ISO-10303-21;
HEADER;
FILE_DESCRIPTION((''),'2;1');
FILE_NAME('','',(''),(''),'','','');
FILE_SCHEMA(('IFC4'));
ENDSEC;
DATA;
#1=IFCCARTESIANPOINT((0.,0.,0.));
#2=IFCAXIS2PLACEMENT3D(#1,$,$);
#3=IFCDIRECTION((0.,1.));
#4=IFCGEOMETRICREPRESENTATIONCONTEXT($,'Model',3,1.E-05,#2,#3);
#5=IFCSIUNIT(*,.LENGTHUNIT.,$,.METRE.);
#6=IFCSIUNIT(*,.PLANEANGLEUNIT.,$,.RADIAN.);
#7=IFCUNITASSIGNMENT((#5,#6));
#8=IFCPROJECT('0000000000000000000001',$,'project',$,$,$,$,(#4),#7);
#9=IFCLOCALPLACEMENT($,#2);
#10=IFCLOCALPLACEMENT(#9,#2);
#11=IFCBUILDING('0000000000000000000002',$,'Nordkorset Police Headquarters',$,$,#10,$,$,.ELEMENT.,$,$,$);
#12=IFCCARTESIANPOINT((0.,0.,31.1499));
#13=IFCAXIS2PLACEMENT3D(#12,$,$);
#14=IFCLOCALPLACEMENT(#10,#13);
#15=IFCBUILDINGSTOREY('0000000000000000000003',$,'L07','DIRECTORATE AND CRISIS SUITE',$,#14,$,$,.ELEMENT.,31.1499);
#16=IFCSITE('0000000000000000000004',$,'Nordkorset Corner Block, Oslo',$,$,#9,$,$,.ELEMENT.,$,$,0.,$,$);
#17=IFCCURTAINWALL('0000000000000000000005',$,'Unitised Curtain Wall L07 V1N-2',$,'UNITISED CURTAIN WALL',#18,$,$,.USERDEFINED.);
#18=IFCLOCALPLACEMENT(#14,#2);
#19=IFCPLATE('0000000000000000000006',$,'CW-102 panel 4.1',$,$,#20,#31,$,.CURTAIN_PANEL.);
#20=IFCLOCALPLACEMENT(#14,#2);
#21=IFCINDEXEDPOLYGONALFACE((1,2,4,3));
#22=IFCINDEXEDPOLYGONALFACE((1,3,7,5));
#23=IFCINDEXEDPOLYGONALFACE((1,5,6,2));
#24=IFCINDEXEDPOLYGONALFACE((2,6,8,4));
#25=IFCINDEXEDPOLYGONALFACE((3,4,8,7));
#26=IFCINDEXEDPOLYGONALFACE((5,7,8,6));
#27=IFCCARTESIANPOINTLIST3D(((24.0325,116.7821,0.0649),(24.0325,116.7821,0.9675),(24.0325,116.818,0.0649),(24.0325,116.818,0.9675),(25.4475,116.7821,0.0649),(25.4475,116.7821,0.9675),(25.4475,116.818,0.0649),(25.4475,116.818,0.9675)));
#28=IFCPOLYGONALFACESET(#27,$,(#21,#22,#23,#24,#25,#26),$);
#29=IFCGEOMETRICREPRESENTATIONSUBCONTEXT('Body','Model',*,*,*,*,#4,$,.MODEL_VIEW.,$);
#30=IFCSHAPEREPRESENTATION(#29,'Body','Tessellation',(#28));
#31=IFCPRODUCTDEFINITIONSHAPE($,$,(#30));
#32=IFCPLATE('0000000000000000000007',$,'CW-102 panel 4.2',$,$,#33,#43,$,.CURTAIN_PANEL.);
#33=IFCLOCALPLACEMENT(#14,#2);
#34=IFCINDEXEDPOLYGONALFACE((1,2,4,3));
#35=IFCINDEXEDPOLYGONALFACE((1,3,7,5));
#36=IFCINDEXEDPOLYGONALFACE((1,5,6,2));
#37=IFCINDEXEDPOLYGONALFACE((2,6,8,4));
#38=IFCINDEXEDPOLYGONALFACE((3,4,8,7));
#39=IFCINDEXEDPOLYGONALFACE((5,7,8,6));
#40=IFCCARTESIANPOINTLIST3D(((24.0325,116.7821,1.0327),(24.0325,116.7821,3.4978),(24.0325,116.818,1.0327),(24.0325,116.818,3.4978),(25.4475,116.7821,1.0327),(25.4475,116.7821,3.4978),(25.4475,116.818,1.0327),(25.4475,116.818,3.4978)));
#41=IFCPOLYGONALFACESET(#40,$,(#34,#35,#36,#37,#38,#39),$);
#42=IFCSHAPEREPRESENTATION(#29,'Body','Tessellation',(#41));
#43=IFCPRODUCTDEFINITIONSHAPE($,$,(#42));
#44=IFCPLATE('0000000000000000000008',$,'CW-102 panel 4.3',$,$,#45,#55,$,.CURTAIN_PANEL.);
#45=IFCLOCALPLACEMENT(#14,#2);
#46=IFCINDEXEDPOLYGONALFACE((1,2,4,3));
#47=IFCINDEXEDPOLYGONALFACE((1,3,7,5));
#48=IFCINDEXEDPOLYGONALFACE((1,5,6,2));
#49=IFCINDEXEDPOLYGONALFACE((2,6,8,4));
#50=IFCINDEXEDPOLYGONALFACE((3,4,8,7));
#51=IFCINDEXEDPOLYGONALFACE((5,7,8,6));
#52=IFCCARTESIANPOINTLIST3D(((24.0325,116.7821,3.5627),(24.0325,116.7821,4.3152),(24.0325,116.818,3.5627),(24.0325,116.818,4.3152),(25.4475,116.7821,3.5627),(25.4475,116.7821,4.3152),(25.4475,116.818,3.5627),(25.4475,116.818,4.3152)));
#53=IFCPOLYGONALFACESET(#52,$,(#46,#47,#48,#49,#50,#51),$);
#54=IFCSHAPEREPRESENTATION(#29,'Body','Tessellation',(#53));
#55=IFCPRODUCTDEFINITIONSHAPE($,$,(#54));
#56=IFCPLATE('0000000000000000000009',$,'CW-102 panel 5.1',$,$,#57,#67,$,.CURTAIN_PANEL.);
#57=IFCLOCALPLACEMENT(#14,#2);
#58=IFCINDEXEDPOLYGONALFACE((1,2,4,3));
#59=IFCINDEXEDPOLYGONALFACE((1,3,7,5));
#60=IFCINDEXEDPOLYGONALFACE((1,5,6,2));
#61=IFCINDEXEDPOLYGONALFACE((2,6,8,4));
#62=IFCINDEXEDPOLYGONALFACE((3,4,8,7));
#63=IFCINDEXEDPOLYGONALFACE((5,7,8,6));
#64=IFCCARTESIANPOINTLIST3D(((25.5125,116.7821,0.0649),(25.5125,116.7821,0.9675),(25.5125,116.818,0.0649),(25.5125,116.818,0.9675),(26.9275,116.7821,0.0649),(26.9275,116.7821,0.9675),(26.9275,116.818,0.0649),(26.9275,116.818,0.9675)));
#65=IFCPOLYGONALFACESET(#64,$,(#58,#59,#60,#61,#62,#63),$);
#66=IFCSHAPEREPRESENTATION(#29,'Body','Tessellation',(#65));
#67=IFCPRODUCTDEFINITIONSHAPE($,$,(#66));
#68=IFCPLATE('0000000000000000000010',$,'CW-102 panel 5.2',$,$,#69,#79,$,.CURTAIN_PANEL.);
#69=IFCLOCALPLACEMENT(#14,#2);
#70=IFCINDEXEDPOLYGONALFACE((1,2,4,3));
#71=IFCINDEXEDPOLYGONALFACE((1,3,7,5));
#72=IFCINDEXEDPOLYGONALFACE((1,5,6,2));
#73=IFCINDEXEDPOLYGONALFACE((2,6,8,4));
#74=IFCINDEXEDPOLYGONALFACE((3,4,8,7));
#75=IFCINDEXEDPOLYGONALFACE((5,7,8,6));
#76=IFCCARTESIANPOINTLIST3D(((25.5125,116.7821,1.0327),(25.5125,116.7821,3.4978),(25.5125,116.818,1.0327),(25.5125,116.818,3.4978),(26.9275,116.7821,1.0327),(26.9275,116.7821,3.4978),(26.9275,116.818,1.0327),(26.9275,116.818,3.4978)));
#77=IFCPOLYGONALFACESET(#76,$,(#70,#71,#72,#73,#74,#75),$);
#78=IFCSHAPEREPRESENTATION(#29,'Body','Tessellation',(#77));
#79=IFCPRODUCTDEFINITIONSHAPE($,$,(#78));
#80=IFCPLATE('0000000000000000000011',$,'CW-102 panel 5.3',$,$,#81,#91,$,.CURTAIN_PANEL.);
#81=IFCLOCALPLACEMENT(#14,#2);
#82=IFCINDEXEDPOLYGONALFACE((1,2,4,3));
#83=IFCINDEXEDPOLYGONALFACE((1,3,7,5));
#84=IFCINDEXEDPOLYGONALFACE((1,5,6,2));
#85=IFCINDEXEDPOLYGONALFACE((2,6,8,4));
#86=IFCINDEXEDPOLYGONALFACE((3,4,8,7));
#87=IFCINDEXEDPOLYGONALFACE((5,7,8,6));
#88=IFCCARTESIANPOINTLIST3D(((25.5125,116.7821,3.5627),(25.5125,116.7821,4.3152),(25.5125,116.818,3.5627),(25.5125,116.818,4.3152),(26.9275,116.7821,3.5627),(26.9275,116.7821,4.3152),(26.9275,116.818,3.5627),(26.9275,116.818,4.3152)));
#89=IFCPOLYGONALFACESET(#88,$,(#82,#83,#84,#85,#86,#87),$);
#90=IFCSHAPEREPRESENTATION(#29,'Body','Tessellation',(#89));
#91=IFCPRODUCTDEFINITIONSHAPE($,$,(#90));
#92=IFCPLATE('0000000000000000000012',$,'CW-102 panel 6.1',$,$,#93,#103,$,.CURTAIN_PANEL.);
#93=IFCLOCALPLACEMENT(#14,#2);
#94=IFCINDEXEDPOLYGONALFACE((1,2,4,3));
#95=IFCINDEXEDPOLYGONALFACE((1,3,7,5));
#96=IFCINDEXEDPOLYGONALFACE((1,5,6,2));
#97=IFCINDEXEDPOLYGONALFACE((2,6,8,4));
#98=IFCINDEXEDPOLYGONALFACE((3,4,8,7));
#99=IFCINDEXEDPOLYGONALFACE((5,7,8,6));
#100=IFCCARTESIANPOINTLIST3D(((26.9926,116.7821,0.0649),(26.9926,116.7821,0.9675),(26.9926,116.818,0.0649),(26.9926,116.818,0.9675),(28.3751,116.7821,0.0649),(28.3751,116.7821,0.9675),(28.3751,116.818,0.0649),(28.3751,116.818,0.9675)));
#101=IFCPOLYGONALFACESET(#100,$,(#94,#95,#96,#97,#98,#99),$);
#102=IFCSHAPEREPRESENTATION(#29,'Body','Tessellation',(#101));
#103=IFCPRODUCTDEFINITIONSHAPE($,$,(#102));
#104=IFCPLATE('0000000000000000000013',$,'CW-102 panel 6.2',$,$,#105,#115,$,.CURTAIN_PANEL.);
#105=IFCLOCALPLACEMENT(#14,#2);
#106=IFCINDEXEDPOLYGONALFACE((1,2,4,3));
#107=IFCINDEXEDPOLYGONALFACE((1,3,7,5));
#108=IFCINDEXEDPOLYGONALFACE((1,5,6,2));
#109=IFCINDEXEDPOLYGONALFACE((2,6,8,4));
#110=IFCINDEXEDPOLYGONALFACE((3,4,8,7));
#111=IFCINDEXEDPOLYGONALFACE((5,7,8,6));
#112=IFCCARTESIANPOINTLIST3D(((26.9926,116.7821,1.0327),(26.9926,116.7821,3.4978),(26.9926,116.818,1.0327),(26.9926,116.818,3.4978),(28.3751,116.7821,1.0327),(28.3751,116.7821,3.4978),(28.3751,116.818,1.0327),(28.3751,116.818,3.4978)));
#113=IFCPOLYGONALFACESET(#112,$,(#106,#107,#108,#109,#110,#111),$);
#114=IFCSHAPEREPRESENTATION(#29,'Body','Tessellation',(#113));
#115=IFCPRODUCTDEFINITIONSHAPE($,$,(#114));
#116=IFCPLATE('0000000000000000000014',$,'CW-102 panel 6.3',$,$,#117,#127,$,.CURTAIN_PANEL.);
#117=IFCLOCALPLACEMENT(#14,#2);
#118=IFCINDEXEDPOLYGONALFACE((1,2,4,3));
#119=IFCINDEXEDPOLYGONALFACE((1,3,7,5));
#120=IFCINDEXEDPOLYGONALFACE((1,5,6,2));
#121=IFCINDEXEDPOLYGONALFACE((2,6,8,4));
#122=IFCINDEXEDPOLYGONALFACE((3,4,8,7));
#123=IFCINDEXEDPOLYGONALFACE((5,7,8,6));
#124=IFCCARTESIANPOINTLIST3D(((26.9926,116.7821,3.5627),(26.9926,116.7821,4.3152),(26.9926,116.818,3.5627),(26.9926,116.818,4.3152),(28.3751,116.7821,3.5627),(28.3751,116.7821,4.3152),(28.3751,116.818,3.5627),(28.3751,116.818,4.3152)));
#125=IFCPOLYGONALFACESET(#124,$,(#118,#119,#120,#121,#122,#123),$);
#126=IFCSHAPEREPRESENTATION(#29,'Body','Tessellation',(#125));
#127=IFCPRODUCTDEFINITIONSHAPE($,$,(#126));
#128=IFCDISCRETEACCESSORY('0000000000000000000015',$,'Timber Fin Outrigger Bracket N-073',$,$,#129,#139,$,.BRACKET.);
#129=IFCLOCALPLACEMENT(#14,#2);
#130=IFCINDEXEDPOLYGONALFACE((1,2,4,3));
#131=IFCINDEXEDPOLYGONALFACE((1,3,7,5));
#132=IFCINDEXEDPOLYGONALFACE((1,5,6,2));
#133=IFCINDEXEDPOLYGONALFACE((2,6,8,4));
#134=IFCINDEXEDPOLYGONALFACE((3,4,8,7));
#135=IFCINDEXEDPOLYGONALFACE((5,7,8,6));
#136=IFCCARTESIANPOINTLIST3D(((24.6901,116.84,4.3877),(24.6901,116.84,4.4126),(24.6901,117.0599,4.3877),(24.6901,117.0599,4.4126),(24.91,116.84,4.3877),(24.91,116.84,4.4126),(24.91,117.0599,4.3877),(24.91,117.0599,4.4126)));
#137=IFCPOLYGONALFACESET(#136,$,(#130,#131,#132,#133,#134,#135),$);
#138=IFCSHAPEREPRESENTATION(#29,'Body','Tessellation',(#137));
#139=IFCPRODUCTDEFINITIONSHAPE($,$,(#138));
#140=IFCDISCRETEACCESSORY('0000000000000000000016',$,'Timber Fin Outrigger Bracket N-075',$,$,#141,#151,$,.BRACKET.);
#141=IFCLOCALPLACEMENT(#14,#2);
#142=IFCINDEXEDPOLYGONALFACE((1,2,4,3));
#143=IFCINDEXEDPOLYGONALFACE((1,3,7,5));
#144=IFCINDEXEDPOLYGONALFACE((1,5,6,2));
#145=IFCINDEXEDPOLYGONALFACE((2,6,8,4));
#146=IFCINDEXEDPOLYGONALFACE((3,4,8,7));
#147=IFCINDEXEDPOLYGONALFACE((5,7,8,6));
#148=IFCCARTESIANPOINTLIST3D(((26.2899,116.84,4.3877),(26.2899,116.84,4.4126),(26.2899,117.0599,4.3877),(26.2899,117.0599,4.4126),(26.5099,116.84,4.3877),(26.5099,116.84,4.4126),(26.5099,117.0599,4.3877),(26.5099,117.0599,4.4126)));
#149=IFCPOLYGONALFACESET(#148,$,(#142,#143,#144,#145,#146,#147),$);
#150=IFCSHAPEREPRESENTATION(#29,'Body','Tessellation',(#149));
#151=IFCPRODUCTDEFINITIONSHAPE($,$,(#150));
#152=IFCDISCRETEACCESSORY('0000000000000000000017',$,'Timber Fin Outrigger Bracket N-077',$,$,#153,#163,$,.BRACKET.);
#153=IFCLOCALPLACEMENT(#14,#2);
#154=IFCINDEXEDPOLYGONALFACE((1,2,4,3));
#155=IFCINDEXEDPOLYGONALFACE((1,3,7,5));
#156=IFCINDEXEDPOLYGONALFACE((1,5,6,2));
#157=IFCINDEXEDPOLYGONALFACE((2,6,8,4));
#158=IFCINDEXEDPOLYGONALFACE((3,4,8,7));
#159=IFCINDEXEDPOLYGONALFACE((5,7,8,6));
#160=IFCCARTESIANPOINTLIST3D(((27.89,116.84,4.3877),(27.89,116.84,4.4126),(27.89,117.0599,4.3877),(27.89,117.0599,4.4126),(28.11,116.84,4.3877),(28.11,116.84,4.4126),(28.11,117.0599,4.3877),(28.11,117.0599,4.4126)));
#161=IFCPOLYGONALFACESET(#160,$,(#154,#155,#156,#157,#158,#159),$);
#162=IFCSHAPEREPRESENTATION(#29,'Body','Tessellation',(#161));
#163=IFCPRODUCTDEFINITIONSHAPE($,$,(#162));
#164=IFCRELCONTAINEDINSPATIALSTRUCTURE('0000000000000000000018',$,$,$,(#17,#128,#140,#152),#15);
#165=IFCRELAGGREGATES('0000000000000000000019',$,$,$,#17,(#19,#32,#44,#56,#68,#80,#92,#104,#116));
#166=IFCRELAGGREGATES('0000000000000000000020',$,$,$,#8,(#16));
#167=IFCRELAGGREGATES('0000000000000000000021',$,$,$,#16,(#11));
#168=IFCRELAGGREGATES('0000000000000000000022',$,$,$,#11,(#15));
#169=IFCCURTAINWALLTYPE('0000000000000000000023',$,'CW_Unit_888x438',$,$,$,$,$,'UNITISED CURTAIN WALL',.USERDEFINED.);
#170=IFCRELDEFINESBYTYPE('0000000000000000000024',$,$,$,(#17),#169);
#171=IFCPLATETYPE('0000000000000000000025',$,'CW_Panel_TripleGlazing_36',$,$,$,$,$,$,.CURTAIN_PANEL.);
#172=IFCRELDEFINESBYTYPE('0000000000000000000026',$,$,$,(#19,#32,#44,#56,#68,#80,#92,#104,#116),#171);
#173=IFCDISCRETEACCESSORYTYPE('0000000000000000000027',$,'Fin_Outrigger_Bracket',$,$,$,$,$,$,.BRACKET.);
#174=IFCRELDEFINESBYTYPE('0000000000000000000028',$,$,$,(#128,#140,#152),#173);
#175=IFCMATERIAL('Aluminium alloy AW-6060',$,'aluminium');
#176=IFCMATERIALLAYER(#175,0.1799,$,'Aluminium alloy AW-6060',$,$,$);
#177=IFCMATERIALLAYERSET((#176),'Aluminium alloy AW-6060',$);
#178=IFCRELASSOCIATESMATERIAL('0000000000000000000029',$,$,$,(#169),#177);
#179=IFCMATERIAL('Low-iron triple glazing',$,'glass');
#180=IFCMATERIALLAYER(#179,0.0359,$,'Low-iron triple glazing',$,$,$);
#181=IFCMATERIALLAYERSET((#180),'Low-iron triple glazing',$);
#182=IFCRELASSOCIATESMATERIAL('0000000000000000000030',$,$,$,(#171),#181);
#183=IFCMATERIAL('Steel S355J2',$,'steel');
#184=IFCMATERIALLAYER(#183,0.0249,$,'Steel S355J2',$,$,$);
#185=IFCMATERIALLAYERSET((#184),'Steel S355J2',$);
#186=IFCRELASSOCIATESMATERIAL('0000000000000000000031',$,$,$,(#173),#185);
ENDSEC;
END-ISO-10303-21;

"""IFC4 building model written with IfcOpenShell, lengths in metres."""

from ifc_helpers import new_model, si_unit, direction, frame, origin, origin_2d, place, context, subcontext, project, spatial, rectangle, extrude, material, layer, layer_set, type_object, element, aggregate, save


model = new_model("IFC4")

# Units and contexts
model_context = context("Model", 3, precision=1e-05, world=origin(), true_north=direction((0.0, 1.0)))
body_context = subcontext(model_context, "Body", "Model", "MODEL_VIEW")
ifc_project = project(units=[si_unit("LENGTHUNIT", "METRE"), si_unit("PLANEANGLEUNIT", "RADIAN")], contexts=[model_context])

# Site, building, storey
site_placement = place(None, origin())
site = spatial("IfcSite", under=ifc_project, at=site_placement, Name="Nordkorset Corner Block, Oslo", CompositionType="ELEMENT", RefElevation=0.0)
building_placement = place(site_placement, origin())
building = spatial("IfcBuilding", under=site, at=building_placement, Name="Nordkorset Police Headquarters", CompositionType="ELEMENT")
storey_placement = place(building_placement, frame((0.0, 0.0, 31.1499)))
storey = spatial("IfcBuildingStorey", under=building, at=storey_placement, Name="L07", Description="DIRECTORATE AND CRISIS SUITE", CompositionType="ELEMENT", Elevation=31.1499)

# Curtain wall, plates
ifc_material_1 = material(Name="Aluminium alloy AW-6060", Category="aluminium")
ifc_layer_1 = layer(ifc_material_1, 0.1799, Name="Aluminium alloy AW-6060")
ifc_layer_set_1 = layer_set([ifc_layer_1], Name="Aluminium alloy AW-6060")
curtain_wall_type = type_object("IfcCurtainWallType", Name="CW_Unit_888x438", ElementType="UNITISED CURTAIN WALL", PredefinedType="USERDEFINED", material=ifc_layer_set_1)
curtain_wall_placement = place(storey_placement, origin())
curtain_wall = element("IfcCurtainWall", 1, at=curtain_wall_placement, inside=storey, type_object=curtain_wall_type, Name="Unitised Curtain Wall L07 V1N-2", ObjectType="UNITISED CURTAIN WALL", PredefinedType="USERDEFINED")
ifc_material_2 = material(Name="Low-iron triple glazing", Category="glass")
ifc_layer_2 = layer(ifc_material_2, 0.0359, Name="Low-iron triple glazing")
ifc_layer_set_2 = layer_set([ifc_layer_2], Name="Low-iron triple glazing")
plate_type = type_object("IfcPlateType", Name="CW_Panel_TripleGlazing_36", PredefinedType="CURTAIN_PANEL", material=ifc_layer_set_2)
plate_1_placement = place(storey_placement, frame((24.74, 116.8, 0.0649), z_axis=(0.0, 0.0, 1.0), x_axis=(1.0, 0.0, 0.0)))
plate_1 = element("IfcPlate", 2, at=plate_1_placement, type_object=plate_type, Name="CW-102 panel 4.1", PredefinedType="CURTAIN_PANEL", context=body_context, shape_type="SweptSolid", body=[
    extrude(rectangle(XDim=1.415, YDim=0.0359, at=origin_2d()), origin(), (0.0, 0.0, 1.0), 0.9026),
])
plate_2_placement = place(storey_placement, frame((24.74, 116.8, 1.0327), z_axis=(0.0, 0.0, 1.0), x_axis=(1.0, 0.0, 0.0)))
plate_2 = element("IfcPlate", 3, at=plate_2_placement, type_object=plate_type, Name="CW-102 panel 4.2", PredefinedType="CURTAIN_PANEL", context=body_context, shape_type="SweptSolid", body=[
    extrude(rectangle(XDim=1.415, YDim=0.0359, at=origin_2d()), origin(), (0.0, 0.0, 1.0), 2.4651),
])
plate_3_placement = place(storey_placement, frame((24.74, 116.8, 3.5627), z_axis=(0.0, 0.0, 1.0), x_axis=(1.0, 0.0, 0.0)))
plate_3 = element("IfcPlate", 4, at=plate_3_placement, type_object=plate_type, Name="CW-102 panel 4.3", PredefinedType="CURTAIN_PANEL", context=body_context, shape_type="SweptSolid", body=[
    extrude(rectangle(XDim=1.415, YDim=0.0359, at=origin_2d()), origin(), (0.0, 0.0, 1.0), 0.7524),
])
plate_4_placement = place(storey_placement, frame((26.22, 116.8, 0.0649), z_axis=(0.0, 0.0, 1.0), x_axis=(1.0, 0.0, 0.0)))
plate_4 = element("IfcPlate", 5, at=plate_4_placement, type_object=plate_type, Name="CW-102 panel 5.1", PredefinedType="CURTAIN_PANEL", context=body_context, shape_type="SweptSolid", body=[
    extrude(rectangle(XDim=1.415, YDim=0.0359, at=origin_2d()), origin(), (0.0, 0.0, 1.0), 0.9026),
])
plate_5_placement = place(storey_placement, frame((26.22, 116.8, 1.0327), z_axis=(0.0, 0.0, 1.0), x_axis=(1.0, 0.0, 0.0)))
plate_5 = element("IfcPlate", 6, at=plate_5_placement, type_object=plate_type, Name="CW-102 panel 5.2", PredefinedType="CURTAIN_PANEL", context=body_context, shape_type="SweptSolid", body=[
    extrude(rectangle(XDim=1.415, YDim=0.0359, at=origin_2d()), origin(), (0.0, 0.0, 1.0), 2.4651),
])
plate_6_placement = place(storey_placement, frame((26.22, 116.8, 3.5627), z_axis=(0.0, 0.0, 1.0), x_axis=(1.0, 0.0, 0.0)))
plate_6 = element("IfcPlate", 7, at=plate_6_placement, type_object=plate_type, Name="CW-102 panel 5.3", PredefinedType="CURTAIN_PANEL", context=body_context, shape_type="SweptSolid", body=[
    extrude(rectangle(XDim=1.415, YDim=0.0359, at=origin_2d()), origin(), (0.0, 0.0, 1.0), 0.7524),
])
plate_7_placement = place(storey_placement, frame((27.6838, 116.8, 0.0649), z_axis=(0.0, 0.0, 1.0), x_axis=(1.0, 0.0, 0.0)))
plate_7 = element("IfcPlate", 8, at=plate_7_placement, type_object=plate_type, Name="CW-102 panel 6.1", PredefinedType="CURTAIN_PANEL", context=body_context, shape_type="SweptSolid", body=[
    extrude(rectangle(XDim=1.3826, YDim=0.0359, at=origin_2d()), origin(), (0.0, 0.0, 1.0), 0.9026),
])
plate_8_placement = place(storey_placement, frame((27.6838, 116.8, 1.0327), z_axis=(0.0, 0.0, 1.0), x_axis=(1.0, 0.0, 0.0)))
plate_8 = element("IfcPlate", 9, at=plate_8_placement, type_object=plate_type, Name="CW-102 panel 6.2", PredefinedType="CURTAIN_PANEL", context=body_context, shape_type="SweptSolid", body=[
    extrude(rectangle(XDim=1.3826, YDim=0.0359, at=origin_2d()), origin(), (0.0, 0.0, 1.0), 2.4651),
])
plate_9_placement = place(storey_placement, frame((27.6838, 116.8, 3.5627), z_axis=(0.0, 0.0, 1.0), x_axis=(1.0, 0.0, 0.0)))
plate_9 = element("IfcPlate", 10, at=plate_9_placement, type_object=plate_type, Name="CW-102 panel 6.3", PredefinedType="CURTAIN_PANEL", context=body_context, shape_type="SweptSolid", body=[
    extrude(rectangle(XDim=1.3826, YDim=0.0359, at=origin_2d()), origin(), (0.0, 0.0, 1.0), 0.7524),
])
aggregate(curtain_wall, [plate_1, plate_2, plate_3, plate_4, plate_5, plate_6, plate_7, plate_8, plate_9])

# Discrete accessories
ifc_material_3 = material(Name="Steel S355J2", Category="steel")
ifc_layer_3 = layer(ifc_material_3, 0.0249, Name="Steel S355J2")
ifc_layer_set_3 = layer_set([ifc_layer_3], Name="Steel S355J2")
discrete_accessory_type = type_object("IfcDiscreteAccessoryType", Name="Fin_Outrigger_Bracket", PredefinedType="BRACKET", material=ifc_layer_set_3)
for number, where, z_axis, x_axis, name in (
    (11, (24.8, 116.95, 4.3877), (0.0, 0.0, 1.0), (1.0, 0.0, 0.0), "Timber Fin Outrigger Bracket N-073"),
    (12, (26.3999, 116.95, 4.3877), (0.0, 0.0, 1.0), (1.0, 0.0, 0.0), "Timber Fin Outrigger Bracket N-075"),
    (13, (28.0, 116.95, 4.3877), (0.0, 0.0, 1.0), (1.0, 0.0, 0.0), "Timber Fin Outrigger Bracket N-077"),
):
    element("IfcDiscreteAccessory", number, at=place(storey_placement, frame(where, z_axis=z_axis, x_axis=x_axis)), inside=storey, type_object=discrete_accessory_type, Name=name, PredefinedType="BRACKET", context=body_context, shape_type="SweptSolid", body=[
        extrude(rectangle(XDim=0.22, YDim=0.22, at=origin_2d()), origin(), (0.0, 0.0, 1.0), 0.0249),
    ])

save(model, "model.ifc")
